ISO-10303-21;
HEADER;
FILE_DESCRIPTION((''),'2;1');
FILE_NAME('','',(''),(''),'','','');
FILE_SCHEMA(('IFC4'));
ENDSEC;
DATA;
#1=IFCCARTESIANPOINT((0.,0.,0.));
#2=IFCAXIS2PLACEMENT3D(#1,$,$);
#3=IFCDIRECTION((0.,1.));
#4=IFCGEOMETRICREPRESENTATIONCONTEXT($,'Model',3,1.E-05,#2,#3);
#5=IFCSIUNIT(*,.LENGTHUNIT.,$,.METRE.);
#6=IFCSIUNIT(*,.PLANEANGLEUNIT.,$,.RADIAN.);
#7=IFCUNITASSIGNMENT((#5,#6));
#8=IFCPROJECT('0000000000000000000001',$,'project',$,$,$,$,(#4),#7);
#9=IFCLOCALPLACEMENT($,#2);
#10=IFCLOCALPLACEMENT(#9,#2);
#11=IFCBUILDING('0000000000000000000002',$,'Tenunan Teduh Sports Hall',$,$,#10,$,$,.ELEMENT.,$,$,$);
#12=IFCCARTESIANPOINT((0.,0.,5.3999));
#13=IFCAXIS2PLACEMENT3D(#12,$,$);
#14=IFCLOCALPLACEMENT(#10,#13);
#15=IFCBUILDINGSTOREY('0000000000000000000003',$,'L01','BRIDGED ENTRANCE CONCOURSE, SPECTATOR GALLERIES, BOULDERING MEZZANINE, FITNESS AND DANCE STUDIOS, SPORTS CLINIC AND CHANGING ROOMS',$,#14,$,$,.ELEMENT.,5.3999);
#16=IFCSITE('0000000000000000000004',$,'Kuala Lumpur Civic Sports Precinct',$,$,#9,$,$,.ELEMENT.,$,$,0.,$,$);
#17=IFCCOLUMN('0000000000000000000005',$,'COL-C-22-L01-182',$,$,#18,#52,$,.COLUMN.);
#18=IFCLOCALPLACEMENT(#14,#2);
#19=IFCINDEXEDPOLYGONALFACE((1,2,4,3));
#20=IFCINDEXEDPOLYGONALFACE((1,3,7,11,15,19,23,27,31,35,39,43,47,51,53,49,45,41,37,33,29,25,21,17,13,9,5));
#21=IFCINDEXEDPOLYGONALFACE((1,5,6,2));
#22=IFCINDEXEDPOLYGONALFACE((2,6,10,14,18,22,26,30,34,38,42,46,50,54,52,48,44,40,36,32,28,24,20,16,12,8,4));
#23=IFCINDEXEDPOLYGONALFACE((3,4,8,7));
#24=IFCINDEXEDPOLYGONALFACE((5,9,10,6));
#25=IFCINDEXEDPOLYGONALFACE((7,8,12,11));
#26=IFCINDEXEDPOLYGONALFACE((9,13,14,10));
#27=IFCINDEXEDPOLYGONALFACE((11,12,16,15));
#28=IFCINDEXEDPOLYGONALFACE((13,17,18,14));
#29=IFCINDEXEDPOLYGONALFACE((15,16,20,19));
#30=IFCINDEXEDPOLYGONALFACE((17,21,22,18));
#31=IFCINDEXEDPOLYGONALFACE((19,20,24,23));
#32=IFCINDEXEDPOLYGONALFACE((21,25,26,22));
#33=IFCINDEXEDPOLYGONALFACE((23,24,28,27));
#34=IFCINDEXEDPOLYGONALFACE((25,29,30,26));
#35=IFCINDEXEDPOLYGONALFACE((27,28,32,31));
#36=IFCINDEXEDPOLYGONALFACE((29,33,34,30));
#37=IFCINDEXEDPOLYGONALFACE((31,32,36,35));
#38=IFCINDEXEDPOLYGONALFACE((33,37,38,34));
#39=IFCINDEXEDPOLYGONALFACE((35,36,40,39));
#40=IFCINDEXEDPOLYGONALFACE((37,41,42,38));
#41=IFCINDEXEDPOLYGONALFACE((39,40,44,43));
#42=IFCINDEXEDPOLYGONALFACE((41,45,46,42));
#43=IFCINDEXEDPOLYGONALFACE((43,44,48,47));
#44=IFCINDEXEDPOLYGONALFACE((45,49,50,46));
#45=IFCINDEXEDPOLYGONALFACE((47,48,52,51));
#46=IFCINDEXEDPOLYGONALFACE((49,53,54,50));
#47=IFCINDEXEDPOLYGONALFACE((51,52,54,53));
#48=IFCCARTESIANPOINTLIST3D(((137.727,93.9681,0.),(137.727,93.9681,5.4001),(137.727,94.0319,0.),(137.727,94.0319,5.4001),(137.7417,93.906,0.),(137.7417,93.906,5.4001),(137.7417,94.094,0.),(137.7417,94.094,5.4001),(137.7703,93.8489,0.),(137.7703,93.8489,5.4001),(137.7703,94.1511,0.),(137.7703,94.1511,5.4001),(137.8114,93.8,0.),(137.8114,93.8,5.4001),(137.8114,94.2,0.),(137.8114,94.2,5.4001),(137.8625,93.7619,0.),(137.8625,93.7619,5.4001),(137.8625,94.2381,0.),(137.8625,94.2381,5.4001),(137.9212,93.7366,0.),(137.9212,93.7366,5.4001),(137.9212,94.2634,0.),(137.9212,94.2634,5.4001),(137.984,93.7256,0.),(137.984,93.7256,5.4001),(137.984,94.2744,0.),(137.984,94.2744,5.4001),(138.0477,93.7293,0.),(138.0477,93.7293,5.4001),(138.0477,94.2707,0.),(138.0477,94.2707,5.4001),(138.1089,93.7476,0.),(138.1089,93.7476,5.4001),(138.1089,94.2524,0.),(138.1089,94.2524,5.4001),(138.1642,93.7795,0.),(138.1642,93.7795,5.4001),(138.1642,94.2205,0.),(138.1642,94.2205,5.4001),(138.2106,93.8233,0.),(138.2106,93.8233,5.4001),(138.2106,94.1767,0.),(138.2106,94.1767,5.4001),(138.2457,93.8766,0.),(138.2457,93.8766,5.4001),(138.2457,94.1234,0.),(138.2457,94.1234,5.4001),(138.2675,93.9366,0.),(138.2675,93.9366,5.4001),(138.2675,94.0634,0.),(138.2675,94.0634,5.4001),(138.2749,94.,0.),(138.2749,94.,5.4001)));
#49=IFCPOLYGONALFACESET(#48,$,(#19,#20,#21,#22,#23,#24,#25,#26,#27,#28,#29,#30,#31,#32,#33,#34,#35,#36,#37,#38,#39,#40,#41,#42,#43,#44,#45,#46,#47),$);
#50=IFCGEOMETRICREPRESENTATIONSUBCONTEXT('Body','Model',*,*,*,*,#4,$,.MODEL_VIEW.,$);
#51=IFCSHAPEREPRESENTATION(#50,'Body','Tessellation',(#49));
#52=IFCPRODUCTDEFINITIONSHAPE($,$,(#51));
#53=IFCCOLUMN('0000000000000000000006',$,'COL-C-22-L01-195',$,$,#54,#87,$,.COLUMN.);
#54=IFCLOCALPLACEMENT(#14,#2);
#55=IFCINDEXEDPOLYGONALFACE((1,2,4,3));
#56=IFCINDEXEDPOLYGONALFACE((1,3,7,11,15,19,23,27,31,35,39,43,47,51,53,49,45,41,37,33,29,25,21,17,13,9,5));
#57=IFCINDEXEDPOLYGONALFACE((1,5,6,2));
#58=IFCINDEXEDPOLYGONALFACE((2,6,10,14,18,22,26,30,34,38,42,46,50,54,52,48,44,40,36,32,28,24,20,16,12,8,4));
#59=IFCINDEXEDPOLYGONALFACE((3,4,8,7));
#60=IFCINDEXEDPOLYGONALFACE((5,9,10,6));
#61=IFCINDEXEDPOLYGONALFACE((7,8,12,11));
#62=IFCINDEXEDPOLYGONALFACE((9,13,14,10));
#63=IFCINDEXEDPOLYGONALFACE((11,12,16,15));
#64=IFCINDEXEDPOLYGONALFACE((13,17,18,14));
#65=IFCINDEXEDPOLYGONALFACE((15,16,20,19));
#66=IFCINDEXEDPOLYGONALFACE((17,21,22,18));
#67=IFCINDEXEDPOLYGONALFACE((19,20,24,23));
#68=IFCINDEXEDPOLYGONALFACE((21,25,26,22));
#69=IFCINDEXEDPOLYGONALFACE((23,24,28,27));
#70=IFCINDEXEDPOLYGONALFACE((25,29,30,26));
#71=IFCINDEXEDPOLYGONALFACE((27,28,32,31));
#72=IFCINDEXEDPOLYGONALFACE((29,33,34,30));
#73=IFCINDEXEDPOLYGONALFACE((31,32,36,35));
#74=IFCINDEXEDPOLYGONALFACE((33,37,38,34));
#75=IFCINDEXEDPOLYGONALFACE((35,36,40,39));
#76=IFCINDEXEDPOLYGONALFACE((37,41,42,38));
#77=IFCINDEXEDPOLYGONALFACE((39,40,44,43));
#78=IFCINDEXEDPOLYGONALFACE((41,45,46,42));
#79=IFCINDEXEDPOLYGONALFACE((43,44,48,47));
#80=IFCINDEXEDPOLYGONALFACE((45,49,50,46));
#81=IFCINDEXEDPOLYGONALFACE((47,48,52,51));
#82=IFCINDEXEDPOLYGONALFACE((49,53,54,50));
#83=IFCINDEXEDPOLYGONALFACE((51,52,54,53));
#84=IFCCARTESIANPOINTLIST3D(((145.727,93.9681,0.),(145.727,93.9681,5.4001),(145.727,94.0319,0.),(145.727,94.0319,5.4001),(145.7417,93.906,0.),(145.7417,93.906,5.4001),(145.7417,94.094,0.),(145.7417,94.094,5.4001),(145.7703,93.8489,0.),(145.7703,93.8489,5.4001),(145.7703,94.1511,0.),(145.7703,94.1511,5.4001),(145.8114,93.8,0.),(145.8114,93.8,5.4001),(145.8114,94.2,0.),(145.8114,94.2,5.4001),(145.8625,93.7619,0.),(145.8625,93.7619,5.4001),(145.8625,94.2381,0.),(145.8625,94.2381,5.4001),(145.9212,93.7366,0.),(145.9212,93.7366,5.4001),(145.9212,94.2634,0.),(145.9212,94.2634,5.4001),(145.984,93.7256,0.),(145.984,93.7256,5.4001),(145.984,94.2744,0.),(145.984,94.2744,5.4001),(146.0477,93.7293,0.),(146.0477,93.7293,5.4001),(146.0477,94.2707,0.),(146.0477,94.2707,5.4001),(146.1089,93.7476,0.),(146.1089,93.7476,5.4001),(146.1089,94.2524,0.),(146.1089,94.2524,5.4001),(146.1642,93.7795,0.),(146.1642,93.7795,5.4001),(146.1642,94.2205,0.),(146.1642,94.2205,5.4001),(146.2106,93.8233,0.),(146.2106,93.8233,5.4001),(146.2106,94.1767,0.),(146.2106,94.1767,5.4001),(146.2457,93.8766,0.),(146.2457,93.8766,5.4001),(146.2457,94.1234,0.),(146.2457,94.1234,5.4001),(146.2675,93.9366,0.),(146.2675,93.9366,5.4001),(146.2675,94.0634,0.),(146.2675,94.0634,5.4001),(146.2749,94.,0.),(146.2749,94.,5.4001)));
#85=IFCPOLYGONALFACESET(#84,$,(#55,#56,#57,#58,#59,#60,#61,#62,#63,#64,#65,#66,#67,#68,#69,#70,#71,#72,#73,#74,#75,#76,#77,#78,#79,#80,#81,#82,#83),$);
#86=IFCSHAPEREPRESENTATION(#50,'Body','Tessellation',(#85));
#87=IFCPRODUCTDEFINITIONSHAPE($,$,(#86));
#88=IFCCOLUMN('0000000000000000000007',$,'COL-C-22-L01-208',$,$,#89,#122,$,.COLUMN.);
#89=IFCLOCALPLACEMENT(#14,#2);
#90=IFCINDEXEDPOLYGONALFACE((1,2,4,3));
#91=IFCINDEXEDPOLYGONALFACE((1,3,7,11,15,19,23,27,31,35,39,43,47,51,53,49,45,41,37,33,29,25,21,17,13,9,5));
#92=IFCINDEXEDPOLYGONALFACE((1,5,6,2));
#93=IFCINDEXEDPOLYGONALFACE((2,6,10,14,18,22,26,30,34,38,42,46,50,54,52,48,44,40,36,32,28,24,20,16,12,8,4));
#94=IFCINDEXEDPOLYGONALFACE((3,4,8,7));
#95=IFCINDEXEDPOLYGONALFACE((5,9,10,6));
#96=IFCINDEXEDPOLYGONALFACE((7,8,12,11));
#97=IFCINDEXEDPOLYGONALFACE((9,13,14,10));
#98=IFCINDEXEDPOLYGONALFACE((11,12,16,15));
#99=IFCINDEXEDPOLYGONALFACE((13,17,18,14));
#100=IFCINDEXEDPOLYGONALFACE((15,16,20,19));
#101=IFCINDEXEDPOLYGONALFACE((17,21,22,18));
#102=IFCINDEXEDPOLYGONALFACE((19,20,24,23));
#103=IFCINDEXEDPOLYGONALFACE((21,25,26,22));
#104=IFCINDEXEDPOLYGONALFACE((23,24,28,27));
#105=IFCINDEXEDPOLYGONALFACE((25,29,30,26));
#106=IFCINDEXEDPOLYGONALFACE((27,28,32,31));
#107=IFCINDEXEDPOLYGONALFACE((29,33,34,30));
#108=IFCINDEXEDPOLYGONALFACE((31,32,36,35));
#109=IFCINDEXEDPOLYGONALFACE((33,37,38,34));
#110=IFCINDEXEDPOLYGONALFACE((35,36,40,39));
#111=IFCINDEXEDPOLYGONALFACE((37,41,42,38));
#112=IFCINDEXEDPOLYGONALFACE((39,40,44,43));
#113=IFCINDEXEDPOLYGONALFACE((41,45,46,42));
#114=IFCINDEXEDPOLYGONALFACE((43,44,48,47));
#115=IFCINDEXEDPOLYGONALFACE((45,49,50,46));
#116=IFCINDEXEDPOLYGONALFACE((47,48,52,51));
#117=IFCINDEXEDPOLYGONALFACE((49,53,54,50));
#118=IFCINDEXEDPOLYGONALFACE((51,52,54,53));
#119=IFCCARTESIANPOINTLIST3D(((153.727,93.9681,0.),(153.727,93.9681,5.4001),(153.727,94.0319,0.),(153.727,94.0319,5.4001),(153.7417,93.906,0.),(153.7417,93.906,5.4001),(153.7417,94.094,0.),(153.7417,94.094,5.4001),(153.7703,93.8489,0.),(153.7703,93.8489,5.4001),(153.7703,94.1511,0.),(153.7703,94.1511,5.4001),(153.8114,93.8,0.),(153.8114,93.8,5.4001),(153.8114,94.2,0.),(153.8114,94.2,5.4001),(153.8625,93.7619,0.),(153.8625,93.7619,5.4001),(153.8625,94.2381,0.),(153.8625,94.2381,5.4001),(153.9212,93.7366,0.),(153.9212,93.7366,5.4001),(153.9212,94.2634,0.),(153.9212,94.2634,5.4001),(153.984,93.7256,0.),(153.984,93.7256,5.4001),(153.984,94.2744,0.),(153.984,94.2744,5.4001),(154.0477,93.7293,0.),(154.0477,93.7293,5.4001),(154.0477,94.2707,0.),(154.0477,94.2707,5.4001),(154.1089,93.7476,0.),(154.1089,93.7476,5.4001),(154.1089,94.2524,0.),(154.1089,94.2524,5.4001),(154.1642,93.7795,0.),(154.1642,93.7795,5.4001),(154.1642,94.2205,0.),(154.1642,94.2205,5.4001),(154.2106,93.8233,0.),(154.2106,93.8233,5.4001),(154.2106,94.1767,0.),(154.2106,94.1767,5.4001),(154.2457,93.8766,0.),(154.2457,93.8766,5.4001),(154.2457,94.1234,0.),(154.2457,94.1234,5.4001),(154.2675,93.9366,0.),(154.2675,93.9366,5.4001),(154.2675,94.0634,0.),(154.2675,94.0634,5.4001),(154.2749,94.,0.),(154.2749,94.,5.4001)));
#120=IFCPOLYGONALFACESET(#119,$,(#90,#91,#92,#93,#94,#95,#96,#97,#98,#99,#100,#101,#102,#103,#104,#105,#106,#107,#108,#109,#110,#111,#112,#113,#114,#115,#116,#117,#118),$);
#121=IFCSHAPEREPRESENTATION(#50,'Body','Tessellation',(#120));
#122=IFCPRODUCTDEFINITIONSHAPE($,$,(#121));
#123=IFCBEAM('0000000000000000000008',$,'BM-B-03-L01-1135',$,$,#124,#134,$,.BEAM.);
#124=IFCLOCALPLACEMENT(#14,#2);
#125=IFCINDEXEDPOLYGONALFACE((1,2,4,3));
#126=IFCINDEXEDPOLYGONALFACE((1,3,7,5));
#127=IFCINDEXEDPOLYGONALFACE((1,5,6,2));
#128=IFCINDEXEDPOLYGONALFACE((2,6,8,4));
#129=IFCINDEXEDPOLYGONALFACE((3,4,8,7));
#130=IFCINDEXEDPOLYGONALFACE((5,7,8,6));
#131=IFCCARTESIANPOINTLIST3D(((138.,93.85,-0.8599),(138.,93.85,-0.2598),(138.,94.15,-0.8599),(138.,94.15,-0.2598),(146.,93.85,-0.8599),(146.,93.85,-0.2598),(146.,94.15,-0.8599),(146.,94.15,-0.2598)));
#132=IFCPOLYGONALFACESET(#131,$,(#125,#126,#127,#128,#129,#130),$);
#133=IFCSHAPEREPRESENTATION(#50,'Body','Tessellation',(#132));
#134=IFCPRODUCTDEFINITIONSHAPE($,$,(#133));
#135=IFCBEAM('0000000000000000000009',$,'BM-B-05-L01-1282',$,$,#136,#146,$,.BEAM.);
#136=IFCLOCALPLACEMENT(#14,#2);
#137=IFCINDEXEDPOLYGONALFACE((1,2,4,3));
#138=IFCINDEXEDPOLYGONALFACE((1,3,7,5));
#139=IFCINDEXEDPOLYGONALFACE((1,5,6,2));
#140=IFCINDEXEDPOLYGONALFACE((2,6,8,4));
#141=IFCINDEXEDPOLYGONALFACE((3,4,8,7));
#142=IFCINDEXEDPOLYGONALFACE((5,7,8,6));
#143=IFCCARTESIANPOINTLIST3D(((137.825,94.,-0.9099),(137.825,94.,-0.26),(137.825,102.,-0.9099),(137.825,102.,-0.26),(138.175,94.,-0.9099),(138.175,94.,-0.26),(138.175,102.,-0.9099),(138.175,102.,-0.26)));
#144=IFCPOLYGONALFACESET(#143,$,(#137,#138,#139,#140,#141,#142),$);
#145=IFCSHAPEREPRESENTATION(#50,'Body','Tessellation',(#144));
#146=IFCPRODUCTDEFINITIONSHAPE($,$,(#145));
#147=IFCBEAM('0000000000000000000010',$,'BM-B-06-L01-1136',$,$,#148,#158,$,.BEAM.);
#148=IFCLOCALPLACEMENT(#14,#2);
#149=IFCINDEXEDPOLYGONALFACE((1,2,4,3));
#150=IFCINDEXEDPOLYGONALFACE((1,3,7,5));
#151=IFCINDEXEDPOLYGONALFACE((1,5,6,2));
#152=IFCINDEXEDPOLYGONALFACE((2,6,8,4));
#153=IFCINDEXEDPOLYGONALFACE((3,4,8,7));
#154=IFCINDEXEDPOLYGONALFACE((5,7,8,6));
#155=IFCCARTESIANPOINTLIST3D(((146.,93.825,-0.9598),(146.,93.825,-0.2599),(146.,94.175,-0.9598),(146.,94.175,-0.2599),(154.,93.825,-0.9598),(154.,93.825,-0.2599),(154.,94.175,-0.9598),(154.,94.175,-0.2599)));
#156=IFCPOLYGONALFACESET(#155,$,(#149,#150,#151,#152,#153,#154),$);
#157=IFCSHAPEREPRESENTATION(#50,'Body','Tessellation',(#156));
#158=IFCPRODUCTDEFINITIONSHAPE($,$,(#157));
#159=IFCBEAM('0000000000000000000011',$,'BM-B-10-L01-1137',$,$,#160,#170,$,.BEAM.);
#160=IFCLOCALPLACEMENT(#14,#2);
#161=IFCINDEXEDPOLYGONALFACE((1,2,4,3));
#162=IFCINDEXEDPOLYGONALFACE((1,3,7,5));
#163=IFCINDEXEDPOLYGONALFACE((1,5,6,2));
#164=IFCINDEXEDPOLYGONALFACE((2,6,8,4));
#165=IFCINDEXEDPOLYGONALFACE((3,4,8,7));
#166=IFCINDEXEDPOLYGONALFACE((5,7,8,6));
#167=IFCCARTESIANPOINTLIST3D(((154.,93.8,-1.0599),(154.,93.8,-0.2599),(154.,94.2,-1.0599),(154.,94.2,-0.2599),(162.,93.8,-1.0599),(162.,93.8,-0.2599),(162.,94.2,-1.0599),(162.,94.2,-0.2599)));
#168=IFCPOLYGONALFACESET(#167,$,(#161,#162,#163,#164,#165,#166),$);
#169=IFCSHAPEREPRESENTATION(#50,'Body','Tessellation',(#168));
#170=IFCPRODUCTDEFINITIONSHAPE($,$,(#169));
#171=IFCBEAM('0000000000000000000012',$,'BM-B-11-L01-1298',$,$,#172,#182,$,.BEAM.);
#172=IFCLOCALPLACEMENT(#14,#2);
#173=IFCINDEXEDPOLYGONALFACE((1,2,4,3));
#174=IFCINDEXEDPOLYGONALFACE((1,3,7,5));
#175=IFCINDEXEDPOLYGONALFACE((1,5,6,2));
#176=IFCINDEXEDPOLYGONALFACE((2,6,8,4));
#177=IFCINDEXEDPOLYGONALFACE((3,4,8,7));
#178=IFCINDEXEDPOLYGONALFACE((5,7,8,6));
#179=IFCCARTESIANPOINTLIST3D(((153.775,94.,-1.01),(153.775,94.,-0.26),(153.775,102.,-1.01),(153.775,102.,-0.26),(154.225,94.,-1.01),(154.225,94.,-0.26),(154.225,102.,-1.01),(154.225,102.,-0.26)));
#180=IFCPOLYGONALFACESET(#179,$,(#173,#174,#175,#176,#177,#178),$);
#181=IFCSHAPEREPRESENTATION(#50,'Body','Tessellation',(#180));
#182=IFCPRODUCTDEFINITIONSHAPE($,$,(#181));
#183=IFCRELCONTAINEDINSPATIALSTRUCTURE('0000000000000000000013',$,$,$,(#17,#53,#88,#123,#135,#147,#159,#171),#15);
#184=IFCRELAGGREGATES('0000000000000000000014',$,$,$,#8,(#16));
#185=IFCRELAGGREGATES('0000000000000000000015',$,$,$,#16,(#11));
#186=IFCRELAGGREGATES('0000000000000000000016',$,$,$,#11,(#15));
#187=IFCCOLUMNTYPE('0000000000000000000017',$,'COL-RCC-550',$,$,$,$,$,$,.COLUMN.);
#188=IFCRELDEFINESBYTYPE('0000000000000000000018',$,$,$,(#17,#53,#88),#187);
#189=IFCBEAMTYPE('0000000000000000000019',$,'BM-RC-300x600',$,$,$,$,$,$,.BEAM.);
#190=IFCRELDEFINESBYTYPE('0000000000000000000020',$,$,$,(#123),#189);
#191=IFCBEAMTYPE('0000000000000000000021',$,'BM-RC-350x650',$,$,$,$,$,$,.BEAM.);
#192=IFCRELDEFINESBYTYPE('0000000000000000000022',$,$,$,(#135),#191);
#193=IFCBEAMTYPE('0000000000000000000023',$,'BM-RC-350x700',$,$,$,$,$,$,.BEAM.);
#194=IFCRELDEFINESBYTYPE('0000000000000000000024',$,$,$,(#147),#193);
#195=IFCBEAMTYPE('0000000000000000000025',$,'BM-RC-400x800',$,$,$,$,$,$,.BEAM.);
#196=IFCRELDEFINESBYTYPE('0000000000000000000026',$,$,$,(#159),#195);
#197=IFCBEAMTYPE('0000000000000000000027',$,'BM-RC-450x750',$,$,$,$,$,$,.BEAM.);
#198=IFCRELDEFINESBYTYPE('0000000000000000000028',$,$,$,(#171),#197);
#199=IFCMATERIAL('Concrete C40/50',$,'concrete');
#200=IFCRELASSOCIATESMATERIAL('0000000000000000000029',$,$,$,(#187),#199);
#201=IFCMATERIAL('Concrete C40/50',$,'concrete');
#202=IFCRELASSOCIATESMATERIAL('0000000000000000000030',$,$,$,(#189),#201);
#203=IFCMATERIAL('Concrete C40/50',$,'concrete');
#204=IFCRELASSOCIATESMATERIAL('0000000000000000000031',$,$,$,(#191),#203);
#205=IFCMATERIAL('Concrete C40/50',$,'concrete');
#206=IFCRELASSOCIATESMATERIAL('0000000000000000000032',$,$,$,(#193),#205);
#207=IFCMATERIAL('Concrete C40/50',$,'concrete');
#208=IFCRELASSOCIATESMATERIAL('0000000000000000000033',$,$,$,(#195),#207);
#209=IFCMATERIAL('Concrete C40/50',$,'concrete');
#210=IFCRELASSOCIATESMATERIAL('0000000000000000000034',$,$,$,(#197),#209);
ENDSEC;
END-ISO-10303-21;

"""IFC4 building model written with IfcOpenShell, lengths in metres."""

from ifc_helpers import new_model, si_unit, direction, frame, origin, origin_2d, place, context, subcontext, project, spatial, rectangle, circle, extrude, material, material_profile, profile_set, type_object, element, save


model = new_model("IFC4")

# Units and contexts
model_context = context("Model", 3, precision=1e-05, world=origin(), true_north=direction((0.0, 1.0)))
body_context = subcontext(model_context, "Body", "Model", "MODEL_VIEW")
ifc_project = project(units=[si_unit("LENGTHUNIT", "METRE"), si_unit("PLANEANGLEUNIT", "RADIAN")], contexts=[model_context])

# Site, building, storey
site_placement = place(None, origin())
site = spatial("IfcSite", under=ifc_project, at=site_placement, Name="Kuala Lumpur Civic Sports Precinct", CompositionType="ELEMENT", RefElevation=0.0)
building_placement = place(site_placement, origin())
building = spatial("IfcBuilding", under=site, at=building_placement, Name="Tenunan Teduh Sports Hall", CompositionType="ELEMENT")
storey_placement = place(building_placement, frame((0.0, 0.0, 5.3999)))
storey = spatial("IfcBuildingStorey", under=building, at=storey_placement, Name="L01", Description="BRIDGED ENTRANCE CONCOURSE, SPECTATOR GALLERIES, BOULDERING MEZZANINE, FITNESS AND DANCE STUDIOS, SPORTS CLINIC AND CHANGING ROOMS", CompositionType="ELEMENT", Elevation=5.3999)

# Columns
ifc_material_1 = material(Name="Concrete C40/50", Category="concrete")
ifc_material_profile_1 = material_profile(ifc_material_1, circle(Radius=0.2749, at=origin_2d()), Name="RCC D550")
ifc_profile_set_1 = profile_set([ifc_material_profile_1], Name="Concrete C40/50")
column_type = type_object("IfcColumnType", Name="COL-RCC-550", PredefinedType="COLUMN", material=ifc_profile_set_1)
for number, where, z_axis, x_axis, name in (
    (1, (138.0, 94.0, 0.0), (0.0, 0.0, 1.0), (1.0, 0.0, 0.0), "COL-C-22-L01-182"),
    (2, (146.0, 94.0, 0.0), (0.0, 0.0, 1.0), (1.0, 0.0, 0.0), "COL-C-22-L01-195"),
    (3, (154.0, 94.0, 0.0), (0.0, 0.0, 1.0), (1.0, 0.0, 0.0), "COL-C-22-L01-208"),
):
    element("IfcColumn", number, at=place(storey_placement, frame(where, z_axis=z_axis, x_axis=x_axis)), inside=storey, type_object=column_type, Name=name, PredefinedType="COLUMN", context=body_context, shape_type="SweptSolid", body=[
        extrude(circle(Radius=0.2749, at=origin_2d()), origin(), (0.0, 0.0, 1.0), 5.4001),
    ])

# Beams
ifc_material_2 = material(Name="Concrete C40/50", Category="concrete")
ifc_material_profile_2 = material_profile(ifc_material_2, rectangle(XDim=0.3, YDim=0.6001, at=origin_2d()), Name="RCB 300x600")
ifc_profile_set_2 = profile_set([ifc_material_profile_2], Name="Concrete C40/50")
beam_type_1 = type_object("IfcBeamType", Name="BM-RC-300x600", PredefinedType="BEAM", material=ifc_profile_set_2)
beam_1_placement = place(storey_placement, frame((138.0, 94.0, -0.5598), z_axis=(1.0, 0.0, 0.0), x_axis=(0.0, 1.0, 0.0)))
element("IfcBeam", 4, at=beam_1_placement, inside=storey, type_object=beam_type_1, Name="BM-B-03-L01-1135", PredefinedType="BEAM", context=body_context, shape_type="SweptSolid", body=[
    extrude(rectangle(XDim=0.3, YDim=0.6001, at=origin_2d()), origin(), (0.0, 0.0, 1.0), 8.0),
])
ifc_material_3 = material(Name="Concrete C40/50", Category="concrete")
ifc_material_profile_3 = material_profile(ifc_material_3, rectangle(XDim=0.3501, YDim=0.6499, at=origin_2d()), Name="RCB 350x650")
ifc_profile_set_3 = profile_set([ifc_material_profile_3], Name="Concrete C40/50")
beam_type_2 = type_object("IfcBeamType", Name="BM-RC-350x650", PredefinedType="BEAM", material=ifc_profile_set_3)
beam_2_placement = place(storey_placement, frame((138.0, 94.0, -0.585), z_axis=(0.0, 1.0, 0.0), x_axis=(-1.0, 0.0, 0.0)))
element("IfcBeam", 5, at=beam_2_placement, inside=storey, type_object=beam_type_2, Name="BM-B-05-L01-1282", PredefinedType="BEAM", context=body_context, shape_type="SweptSolid", body=[
    extrude(rectangle(XDim=0.3501, YDim=0.6499, at=origin_2d()), origin(), (0.0, 0.0, 1.0), 8.0),
])
ifc_material_4 = material(Name="Concrete C40/50", Category="concrete")
ifc_material_profile_4 = material_profile(ifc_material_4, rectangle(XDim=0.3501, YDim=0.7, at=origin_2d()), Name="RCB 350x700")
ifc_profile_set_4 = profile_set([ifc_material_profile_4], Name="Concrete C40/50")
beam_type_3 = type_object("IfcBeamType", Name="BM-RC-350x700", PredefinedType="BEAM", material=ifc_profile_set_4)
beam_3_placement = place(storey_placement, frame((146.0, 94.0, -0.6099), z_axis=(1.0, 0.0, 0.0), x_axis=(0.0, 1.0, 0.0)))
element("IfcBeam", 6, at=beam_3_placement, inside=storey, type_object=beam_type_3, Name="BM-B-06-L01-1136", PredefinedType="BEAM", context=body_context, shape_type="SweptSolid", body=[
    extrude(rectangle(XDim=0.3501, YDim=0.7, at=origin_2d()), origin(), (0.0, 0.0, 1.0), 8.0),
])
ifc_material_5 = material(Name="Concrete C40/50", Category="concrete")
ifc_material_profile_5 = material_profile(ifc_material_5, rectangle(XDim=0.3999, YDim=0.8, at=origin_2d()), Name="RCB 400x800")
ifc_profile_set_5 = profile_set([ifc_material_profile_5], Name="Concrete C40/50")
beam_type_4 = type_object("IfcBeamType", Name="BM-RC-400x800", PredefinedType="BEAM", material=ifc_profile_set_5)
beam_4_placement = place(storey_placement, frame((154.0, 94.0, -0.6599), z_axis=(1.0, 0.0, 0.0), x_axis=(0.0, 1.0, 0.0)))
element("IfcBeam", 7, at=beam_4_placement, inside=storey, type_object=beam_type_4, Name="BM-B-10-L01-1137", PredefinedType="BEAM", context=body_context, shape_type="SweptSolid", body=[
    extrude(rectangle(XDim=0.3999, YDim=0.8, at=origin_2d()), origin(), (0.0, 0.0, 1.0), 8.0),
])
ifc_material_6 = material(Name="Concrete C40/50", Category="concrete")
ifc_material_profile_6 = material_profile(ifc_material_6, rectangle(XDim=0.45, YDim=0.75, at=origin_2d()), Name="RCB 450x750")
ifc_profile_set_6 = profile_set([ifc_material_profile_6], Name="Concrete C40/50")
beam_type_5 = type_object("IfcBeamType", Name="BM-RC-450x750", PredefinedType="BEAM", material=ifc_profile_set_6)
beam_5_placement = place(storey_placement, frame((154.0, 94.0, -0.635), z_axis=(0.0, 1.0, 0.0), x_axis=(-1.0, 0.0, 0.0)))
element("IfcBeam", 8, at=beam_5_placement, inside=storey, type_object=beam_type_5, Name="BM-B-11-L01-1298", PredefinedType="BEAM", context=body_context, shape_type="SweptSolid", body=[
    extrude(rectangle(XDim=0.45, YDim=0.75, at=origin_2d()), origin(), (0.0, 0.0, 1.0), 8.0),
])

save(model, "model.ifc")
